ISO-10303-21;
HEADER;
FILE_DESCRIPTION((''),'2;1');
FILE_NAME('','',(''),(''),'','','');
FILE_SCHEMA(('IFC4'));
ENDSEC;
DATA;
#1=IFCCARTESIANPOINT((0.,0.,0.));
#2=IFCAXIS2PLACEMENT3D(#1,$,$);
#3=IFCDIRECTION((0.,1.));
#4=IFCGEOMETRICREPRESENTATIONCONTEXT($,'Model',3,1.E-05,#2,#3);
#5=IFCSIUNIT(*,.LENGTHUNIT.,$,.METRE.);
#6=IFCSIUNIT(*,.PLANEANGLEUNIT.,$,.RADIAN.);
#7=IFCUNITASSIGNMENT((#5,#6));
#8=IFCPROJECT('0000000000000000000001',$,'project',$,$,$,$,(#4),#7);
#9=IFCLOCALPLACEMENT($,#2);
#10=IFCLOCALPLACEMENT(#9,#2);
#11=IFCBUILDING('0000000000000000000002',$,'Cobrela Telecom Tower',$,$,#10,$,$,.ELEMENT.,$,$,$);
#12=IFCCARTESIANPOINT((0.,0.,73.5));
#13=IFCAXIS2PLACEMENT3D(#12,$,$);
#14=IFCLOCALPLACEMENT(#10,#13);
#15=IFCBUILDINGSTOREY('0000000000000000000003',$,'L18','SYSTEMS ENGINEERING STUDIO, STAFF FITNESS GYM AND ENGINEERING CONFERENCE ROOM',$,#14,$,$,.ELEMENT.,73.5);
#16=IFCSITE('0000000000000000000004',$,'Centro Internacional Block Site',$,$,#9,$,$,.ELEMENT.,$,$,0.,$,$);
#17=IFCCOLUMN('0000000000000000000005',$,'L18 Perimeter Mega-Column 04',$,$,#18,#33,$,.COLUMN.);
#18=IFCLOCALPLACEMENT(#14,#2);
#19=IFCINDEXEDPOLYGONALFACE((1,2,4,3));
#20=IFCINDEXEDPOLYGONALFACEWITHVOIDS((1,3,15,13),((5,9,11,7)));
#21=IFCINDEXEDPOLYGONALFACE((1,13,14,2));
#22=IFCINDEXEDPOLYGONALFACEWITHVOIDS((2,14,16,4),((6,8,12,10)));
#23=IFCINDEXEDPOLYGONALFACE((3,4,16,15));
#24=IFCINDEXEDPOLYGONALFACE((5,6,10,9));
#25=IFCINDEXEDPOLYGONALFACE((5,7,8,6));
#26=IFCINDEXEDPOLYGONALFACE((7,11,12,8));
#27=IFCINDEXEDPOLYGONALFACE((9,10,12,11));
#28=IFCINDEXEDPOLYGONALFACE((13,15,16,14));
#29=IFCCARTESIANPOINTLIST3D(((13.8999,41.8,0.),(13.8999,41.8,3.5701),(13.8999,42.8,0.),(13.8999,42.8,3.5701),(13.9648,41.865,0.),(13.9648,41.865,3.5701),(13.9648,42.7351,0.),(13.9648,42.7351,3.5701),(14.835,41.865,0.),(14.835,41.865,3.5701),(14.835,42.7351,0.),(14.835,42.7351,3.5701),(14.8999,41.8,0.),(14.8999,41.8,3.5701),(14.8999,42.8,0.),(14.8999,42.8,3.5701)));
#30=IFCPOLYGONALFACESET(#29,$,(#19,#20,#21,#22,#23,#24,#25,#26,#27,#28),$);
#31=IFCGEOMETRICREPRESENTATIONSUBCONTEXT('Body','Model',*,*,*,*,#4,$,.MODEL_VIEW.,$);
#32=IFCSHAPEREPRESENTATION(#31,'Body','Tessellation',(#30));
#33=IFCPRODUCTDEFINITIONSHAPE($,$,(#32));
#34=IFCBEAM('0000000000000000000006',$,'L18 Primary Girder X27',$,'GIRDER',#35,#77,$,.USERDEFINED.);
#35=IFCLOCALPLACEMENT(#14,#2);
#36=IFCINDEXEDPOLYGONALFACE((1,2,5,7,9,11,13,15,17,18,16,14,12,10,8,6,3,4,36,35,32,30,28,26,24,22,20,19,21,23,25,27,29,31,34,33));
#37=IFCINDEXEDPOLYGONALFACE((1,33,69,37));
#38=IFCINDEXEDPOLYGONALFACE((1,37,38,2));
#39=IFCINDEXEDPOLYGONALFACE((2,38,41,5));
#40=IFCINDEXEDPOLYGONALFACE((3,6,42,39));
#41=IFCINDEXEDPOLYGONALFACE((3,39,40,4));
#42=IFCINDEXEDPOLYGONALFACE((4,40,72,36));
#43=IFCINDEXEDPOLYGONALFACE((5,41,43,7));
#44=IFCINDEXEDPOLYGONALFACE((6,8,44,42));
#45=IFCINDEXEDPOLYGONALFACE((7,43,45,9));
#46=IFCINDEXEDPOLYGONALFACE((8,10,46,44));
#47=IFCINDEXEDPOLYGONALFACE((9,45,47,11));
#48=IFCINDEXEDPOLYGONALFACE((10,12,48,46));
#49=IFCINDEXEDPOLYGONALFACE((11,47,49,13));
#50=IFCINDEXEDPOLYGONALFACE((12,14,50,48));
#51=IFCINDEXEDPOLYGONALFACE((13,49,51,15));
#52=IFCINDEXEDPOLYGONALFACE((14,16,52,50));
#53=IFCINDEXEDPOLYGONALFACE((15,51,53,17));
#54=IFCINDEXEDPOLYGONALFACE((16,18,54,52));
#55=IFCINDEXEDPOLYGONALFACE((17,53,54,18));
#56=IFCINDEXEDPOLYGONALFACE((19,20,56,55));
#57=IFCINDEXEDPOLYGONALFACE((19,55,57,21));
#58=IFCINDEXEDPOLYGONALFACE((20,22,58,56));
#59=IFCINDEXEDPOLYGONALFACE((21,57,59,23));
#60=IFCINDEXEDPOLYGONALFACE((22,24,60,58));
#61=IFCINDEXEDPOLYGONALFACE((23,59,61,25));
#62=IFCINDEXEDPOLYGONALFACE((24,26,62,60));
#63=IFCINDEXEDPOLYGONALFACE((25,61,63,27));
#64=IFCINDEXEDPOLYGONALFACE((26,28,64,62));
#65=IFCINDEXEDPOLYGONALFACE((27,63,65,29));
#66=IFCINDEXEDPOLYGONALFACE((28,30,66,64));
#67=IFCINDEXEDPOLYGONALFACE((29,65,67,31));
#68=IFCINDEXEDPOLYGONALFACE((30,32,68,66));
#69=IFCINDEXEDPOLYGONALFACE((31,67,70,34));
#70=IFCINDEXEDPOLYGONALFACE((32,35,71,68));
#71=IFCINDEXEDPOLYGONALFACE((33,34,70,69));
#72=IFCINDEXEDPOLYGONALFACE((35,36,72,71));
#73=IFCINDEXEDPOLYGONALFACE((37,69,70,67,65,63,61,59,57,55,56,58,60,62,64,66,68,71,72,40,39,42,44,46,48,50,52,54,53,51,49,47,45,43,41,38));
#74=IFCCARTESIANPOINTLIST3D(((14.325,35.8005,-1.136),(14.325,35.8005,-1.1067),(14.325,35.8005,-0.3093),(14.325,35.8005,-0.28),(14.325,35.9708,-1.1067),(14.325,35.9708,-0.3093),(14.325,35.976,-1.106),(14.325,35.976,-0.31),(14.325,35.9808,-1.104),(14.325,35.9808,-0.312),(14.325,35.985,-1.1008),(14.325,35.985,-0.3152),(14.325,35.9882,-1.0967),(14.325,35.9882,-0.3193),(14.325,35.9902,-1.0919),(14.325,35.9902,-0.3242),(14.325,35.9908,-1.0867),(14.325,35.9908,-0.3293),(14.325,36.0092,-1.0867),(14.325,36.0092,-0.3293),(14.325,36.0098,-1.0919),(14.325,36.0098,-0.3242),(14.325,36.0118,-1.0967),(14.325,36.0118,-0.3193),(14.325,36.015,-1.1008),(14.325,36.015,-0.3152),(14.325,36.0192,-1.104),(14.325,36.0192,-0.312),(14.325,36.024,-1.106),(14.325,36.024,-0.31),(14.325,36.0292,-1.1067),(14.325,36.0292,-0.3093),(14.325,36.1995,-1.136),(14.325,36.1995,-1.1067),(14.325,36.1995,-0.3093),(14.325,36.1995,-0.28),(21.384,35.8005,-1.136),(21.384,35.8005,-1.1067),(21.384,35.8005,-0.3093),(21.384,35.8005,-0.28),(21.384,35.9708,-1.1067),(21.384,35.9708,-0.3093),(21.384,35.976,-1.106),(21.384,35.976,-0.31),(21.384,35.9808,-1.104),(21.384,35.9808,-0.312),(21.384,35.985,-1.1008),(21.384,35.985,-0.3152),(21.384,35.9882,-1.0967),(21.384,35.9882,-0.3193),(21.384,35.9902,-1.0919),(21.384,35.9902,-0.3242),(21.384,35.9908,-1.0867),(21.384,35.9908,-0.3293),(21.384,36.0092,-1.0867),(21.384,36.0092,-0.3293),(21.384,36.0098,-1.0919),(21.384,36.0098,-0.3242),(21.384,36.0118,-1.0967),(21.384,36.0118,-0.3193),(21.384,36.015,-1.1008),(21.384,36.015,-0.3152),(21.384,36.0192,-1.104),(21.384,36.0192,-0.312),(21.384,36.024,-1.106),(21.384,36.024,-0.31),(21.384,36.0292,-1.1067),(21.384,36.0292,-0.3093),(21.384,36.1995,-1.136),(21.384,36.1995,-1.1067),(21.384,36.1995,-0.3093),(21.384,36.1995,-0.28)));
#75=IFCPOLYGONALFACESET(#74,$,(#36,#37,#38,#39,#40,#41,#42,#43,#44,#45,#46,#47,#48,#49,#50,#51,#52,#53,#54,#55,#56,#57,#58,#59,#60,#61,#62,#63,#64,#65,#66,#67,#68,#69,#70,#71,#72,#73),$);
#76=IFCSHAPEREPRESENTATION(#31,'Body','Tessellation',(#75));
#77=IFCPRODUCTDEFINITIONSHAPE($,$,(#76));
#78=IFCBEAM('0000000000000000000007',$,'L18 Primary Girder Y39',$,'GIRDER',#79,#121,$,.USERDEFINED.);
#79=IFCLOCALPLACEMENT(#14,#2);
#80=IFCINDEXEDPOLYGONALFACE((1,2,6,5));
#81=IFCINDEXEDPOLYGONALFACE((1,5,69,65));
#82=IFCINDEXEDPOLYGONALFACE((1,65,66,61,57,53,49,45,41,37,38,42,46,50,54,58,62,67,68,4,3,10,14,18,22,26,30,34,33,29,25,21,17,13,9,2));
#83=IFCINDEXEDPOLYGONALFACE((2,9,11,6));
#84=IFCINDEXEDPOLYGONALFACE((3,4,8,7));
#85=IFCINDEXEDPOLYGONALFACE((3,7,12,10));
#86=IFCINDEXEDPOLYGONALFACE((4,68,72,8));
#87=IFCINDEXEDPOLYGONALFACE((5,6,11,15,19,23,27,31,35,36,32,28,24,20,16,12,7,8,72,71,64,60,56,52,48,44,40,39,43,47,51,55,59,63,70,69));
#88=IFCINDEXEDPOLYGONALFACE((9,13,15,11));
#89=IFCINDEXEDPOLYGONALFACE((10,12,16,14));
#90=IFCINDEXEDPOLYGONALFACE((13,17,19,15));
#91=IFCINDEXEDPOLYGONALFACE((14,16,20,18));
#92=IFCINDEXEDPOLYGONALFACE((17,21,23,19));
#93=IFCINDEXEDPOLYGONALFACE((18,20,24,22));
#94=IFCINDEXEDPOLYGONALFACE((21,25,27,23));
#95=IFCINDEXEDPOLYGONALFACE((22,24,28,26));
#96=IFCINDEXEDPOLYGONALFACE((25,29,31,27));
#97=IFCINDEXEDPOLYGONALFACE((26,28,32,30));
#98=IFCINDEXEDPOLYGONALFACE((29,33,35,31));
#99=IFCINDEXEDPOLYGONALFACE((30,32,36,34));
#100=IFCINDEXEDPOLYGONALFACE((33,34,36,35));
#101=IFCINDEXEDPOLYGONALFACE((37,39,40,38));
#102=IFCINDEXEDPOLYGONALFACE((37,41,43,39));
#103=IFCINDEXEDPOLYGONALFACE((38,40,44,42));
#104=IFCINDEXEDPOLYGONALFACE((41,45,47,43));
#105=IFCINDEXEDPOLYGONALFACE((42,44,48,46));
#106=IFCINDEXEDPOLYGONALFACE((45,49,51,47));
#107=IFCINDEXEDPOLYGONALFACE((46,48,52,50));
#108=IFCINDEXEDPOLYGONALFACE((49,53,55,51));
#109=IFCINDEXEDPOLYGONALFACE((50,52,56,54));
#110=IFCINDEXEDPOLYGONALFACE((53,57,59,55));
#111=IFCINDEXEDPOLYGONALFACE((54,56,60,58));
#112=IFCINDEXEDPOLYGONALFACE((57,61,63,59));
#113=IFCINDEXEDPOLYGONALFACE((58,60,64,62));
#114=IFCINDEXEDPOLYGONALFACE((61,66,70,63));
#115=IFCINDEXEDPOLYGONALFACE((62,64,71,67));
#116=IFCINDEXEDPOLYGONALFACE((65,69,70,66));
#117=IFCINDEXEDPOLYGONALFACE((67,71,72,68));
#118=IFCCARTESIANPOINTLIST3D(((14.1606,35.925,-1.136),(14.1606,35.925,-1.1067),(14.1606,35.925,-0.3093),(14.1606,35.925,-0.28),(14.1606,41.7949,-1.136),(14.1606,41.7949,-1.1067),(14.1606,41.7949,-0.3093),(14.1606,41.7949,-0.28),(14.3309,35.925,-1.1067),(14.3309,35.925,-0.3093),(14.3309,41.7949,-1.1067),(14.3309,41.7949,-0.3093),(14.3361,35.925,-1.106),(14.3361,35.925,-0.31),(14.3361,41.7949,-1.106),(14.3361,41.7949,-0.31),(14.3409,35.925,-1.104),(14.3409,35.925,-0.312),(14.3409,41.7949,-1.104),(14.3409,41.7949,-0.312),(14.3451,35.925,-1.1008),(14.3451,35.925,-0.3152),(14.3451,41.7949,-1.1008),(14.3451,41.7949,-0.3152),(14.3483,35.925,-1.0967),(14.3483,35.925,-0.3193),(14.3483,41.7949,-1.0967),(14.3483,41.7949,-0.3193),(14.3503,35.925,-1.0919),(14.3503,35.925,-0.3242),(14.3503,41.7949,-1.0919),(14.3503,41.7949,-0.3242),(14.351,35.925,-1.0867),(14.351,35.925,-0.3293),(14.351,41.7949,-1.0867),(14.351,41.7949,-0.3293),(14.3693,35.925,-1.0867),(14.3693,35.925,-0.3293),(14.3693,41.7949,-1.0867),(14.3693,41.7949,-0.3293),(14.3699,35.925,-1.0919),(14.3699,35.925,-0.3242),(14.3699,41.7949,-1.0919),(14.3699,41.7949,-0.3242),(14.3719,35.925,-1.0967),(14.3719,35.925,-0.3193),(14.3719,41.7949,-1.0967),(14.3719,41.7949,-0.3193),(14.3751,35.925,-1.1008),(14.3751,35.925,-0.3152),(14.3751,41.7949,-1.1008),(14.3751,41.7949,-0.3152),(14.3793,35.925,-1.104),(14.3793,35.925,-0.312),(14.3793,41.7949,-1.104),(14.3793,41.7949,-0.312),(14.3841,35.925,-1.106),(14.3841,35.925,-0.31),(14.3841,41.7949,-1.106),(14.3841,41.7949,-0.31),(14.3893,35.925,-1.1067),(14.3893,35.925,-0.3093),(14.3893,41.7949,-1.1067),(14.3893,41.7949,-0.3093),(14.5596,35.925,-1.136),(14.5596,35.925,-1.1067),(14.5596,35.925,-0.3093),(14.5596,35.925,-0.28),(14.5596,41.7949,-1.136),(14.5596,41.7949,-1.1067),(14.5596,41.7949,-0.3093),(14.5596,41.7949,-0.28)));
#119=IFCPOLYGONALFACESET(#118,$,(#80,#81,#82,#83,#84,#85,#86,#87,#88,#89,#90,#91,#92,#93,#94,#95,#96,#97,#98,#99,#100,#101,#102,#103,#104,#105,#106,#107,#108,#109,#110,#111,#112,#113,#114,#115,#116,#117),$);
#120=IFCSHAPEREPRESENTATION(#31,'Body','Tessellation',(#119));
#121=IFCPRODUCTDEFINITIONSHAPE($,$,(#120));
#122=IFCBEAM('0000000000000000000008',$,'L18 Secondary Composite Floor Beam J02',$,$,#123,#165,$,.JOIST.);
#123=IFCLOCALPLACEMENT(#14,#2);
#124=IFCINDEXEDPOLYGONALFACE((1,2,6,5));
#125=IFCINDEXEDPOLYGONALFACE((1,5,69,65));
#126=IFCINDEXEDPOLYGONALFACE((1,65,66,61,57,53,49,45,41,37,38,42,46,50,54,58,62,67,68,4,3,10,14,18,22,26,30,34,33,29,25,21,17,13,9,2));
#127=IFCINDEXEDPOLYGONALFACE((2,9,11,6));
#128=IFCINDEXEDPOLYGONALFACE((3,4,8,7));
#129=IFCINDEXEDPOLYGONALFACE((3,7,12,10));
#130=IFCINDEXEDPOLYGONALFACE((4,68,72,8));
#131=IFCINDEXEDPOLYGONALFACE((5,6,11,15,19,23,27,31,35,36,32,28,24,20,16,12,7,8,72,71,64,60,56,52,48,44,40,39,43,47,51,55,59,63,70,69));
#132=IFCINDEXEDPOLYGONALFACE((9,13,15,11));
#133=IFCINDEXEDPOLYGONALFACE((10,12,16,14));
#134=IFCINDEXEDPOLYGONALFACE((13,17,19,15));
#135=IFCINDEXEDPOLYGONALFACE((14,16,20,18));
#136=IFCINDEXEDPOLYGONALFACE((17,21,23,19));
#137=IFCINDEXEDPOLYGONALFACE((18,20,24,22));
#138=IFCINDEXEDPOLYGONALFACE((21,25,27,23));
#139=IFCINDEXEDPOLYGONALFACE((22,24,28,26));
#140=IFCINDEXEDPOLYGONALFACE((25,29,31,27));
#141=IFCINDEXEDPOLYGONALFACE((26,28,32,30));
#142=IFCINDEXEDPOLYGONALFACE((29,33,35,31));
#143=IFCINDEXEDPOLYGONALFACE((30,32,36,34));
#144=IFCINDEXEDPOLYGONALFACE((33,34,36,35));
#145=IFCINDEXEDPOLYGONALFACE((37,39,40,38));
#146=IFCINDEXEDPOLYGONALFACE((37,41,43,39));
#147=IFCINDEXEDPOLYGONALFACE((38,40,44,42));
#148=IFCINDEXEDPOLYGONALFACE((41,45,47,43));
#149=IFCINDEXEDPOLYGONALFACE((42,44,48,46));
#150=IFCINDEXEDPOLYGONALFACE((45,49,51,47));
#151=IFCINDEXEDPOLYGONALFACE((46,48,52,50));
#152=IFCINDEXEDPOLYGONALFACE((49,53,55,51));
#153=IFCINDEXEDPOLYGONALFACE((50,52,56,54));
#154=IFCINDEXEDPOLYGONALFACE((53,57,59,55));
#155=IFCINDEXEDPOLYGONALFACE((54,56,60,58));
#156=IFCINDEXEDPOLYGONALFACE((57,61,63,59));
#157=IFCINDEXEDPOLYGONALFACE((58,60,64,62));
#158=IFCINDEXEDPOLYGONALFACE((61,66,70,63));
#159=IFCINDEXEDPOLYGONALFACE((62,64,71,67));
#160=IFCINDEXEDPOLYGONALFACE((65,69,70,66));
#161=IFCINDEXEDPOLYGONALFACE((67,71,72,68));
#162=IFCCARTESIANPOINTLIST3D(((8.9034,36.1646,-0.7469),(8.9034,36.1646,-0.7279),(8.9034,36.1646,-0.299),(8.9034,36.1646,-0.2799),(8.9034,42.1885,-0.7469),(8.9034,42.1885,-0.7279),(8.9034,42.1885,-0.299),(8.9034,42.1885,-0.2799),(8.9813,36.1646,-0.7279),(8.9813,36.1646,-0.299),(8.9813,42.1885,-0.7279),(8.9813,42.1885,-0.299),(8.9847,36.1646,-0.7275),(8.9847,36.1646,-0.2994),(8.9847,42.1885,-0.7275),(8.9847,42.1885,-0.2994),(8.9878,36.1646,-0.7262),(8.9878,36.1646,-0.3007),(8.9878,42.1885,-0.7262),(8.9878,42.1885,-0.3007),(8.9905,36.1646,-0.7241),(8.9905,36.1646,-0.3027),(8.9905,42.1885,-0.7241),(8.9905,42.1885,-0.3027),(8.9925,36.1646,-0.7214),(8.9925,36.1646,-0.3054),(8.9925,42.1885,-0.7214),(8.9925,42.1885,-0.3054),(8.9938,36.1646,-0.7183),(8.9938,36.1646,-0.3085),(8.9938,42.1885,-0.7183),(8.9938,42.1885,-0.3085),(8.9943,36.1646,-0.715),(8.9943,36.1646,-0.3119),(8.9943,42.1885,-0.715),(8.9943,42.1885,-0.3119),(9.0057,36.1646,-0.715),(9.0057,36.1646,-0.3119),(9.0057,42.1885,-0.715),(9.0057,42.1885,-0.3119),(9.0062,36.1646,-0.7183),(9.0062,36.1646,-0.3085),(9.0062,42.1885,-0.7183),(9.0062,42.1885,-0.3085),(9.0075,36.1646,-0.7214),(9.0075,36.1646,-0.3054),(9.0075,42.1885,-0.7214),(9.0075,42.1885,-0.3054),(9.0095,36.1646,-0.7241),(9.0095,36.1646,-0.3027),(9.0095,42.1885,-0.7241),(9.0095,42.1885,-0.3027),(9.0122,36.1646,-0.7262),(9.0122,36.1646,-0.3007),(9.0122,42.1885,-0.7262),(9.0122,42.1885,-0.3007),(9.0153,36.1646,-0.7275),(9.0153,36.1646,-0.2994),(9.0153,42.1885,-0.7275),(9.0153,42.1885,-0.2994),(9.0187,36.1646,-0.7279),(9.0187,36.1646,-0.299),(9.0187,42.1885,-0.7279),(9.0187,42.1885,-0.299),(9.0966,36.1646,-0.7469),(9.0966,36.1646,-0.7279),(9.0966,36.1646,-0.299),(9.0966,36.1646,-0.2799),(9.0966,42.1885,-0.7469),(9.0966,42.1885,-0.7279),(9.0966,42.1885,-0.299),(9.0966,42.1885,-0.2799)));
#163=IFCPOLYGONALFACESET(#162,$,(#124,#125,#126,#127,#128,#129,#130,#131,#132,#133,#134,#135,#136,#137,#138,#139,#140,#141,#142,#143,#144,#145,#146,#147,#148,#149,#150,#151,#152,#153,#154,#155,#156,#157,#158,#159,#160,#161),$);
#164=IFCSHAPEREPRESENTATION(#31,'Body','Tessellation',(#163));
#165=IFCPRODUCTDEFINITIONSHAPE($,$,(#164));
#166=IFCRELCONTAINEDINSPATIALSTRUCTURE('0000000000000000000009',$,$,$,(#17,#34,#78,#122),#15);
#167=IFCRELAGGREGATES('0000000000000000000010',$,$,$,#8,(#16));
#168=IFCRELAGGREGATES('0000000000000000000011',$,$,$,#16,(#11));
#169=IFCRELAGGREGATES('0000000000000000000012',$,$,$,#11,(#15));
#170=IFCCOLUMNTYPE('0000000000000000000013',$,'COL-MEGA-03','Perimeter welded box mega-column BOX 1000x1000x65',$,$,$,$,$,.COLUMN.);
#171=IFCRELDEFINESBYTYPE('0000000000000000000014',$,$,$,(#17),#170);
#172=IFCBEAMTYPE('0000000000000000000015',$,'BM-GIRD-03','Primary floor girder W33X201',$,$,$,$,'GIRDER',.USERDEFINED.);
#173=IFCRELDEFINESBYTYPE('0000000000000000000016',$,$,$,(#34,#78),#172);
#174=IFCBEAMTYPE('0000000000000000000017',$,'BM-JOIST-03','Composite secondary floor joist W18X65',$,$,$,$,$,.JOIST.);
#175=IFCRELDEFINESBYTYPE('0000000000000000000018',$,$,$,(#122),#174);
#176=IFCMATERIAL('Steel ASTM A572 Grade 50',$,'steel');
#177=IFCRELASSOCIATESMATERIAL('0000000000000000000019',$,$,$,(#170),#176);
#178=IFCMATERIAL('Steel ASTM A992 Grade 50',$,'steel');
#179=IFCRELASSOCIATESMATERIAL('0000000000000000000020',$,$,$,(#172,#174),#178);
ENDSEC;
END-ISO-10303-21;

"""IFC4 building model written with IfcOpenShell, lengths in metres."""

from ifc_helpers import new_model, si_unit, direction, frame, origin, origin_2d, place, context, subcontext, project, spatial, hollow_rectangle, i_section, extrude, material, material_profile, profile_set, type_object, element, save


model = new_model("IFC4")

# Units and contexts
model_context = context("Model", 3, precision=1e-05, world=origin(), true_north=direction((0.0, 1.0)))
body_context = subcontext(model_context, "Body", "Model", "MODEL_VIEW")
ifc_project = project(units=[si_unit("LENGTHUNIT", "METRE"), si_unit("PLANEANGLEUNIT", "RADIAN")], contexts=[model_context])

# Site, building, storey
site_placement = place(None, origin())
site = spatial("IfcSite", under=ifc_project, at=site_placement, Name="Centro Internacional Block Site", CompositionType="ELEMENT", RefElevation=0.0)
building_placement = place(site_placement, origin())
building = spatial("IfcBuilding", under=site, at=building_placement, Name="Cobrela Telecom Tower", CompositionType="ELEMENT")
storey_placement = place(building_placement, frame((0.0, 0.0, 73.5)))
storey = spatial("IfcBuildingStorey", under=building, at=storey_placement, Name="L18", Description="SYSTEMS ENGINEERING STUDIO, STAFF FITNESS GYM AND ENGINEERING CONFERENCE ROOM", CompositionType="ELEMENT", Elevation=73.5)

# Column
ifc_material_1 = material(Name="Steel ASTM A572 Grade 50", Category="steel")
ifc_material_profile_1 = material_profile(ifc_material_1, hollow_rectangle(XDim=1.0, YDim=1.0, WallThickness=0.0649, at=origin_2d()), Name="BOX 1000x1000x65")
ifc_profile_set_1 = profile_set([ifc_material_profile_1], Name="Steel ASTM A572 Grade 50")
column_type = type_object("IfcColumnType", Name="COL-MEGA-03", Description="Perimeter welded box mega-column BOX 1000x1000x65", PredefinedType="COLUMN", material=ifc_profile_set_1)
column_placement = place(storey_placement, frame((14.3999, 42.3, 0.0), z_axis=(0.0, 0.0, 1.0), x_axis=(1.0, 0.0, 0.0)))
element("IfcColumn", 1, at=column_placement, inside=storey, type_object=column_type, Name="L18 Perimeter Mega-Column 04", PredefinedType="COLUMN", context=body_context, shape_type="SweptSolid", body=[
    extrude(hollow_rectangle(XDim=1.0, YDim=1.0, WallThickness=0.0649, at=origin_2d()), origin(), (0.0, 0.0, 1.0), 3.5701),
])

# Beams
ifc_material_2 = material(Name="Steel ASTM A992 Grade 50", Category="steel")
ifc_material_profile_2 = material_profile(ifc_material_2, i_section(OverallWidth=0.3989, OverallDepth=0.856, WebThickness=0.0183, FlangeThickness=0.0293, FilletRadius=0.02, at=origin_2d()), Name="W33X201")
ifc_profile_set_2 = profile_set([ifc_material_profile_2], Name="Steel ASTM A992 Grade 50")
beam_type_1 = type_object("IfcBeamType", Name="BM-GIRD-03", Description="Primary floor girder W33X201", ElementType="GIRDER", PredefinedType="USERDEFINED", material=ifc_profile_set_2)
beam_1_placement = place(storey_placement, frame((14.325, 36.0, -0.708), z_axis=(1.0, 0.0, 0.0), x_axis=(0.0, 1.0, 0.0)))
element("IfcBeam", 2, at=beam_1_placement, inside=storey, type_object=beam_type_1, Name="L18 Primary Girder X27", ObjectType="GIRDER", PredefinedType="USERDEFINED", context=body_context, shape_type="SweptSolid", body=[
    extrude(i_section(OverallWidth=0.3989, OverallDepth=0.856, WebThickness=0.0183, FlangeThickness=0.0293, FilletRadius=0.02, at=origin_2d()), origin(), (0.0, 0.0, 1.0), 7.0591),
])
beam_2_placement = place(storey_placement, frame((14.3601, 35.925, -0.708), z_axis=(0.0, 1.0, 0.0), x_axis=(-1.0, 0.0, 0.0)))
element("IfcBeam", 3, at=beam_2_placement, inside=storey, type_object=beam_type_1, Name="L18 Primary Girder Y39", ObjectType="GIRDER", PredefinedType="USERDEFINED", context=body_context, shape_type="SweptSolid", body=[
    extrude(i_section(OverallWidth=0.3989, OverallDepth=0.856, WebThickness=0.0183, FlangeThickness=0.0293, FilletRadius=0.02, at=origin_2d()), origin(), (0.0, 0.0, 1.0), 5.8699),
])
ifc_material_profile_3 = material_profile(ifc_material_2, i_section(OverallWidth=0.1931, OverallDepth=0.467, WebThickness=0.0115, FlangeThickness=0.019, FilletRadius=0.0129, at=origin_2d()), Name="W18X65")
ifc_profile_set_3 = profile_set([ifc_material_profile_3], Name="Steel ASTM A992 Grade 50")
beam_type_2 = type_object("IfcBeamType", Name="BM-JOIST-03", Description="Composite secondary floor joist W18X65", PredefinedType="JOIST", material=ifc_profile_set_3)
for number, where, z_axis, x_axis, name in (
    (4, (9.0, 36.1646, -0.5134), (0.0, 1.0, 0.0), (-1.0, 0.0, 0.0), "L18 Secondary Composite Floor Beam J02"),
):
    element("IfcBeam", number, at=place(storey_placement, frame(where, z_axis=z_axis, x_axis=x_axis)), inside=storey, type_object=beam_type_2, Name=name, PredefinedType="JOIST", context=body_context, shape_type="SweptSolid", body=[
        extrude(i_section(OverallWidth=0.1931, OverallDepth=0.467, WebThickness=0.0115, FlangeThickness=0.019, FilletRadius=0.0129, at=origin_2d()), origin(), (0.0, 0.0, 1.0), 6.0239),
    ])

save(model, "model.ifc")
